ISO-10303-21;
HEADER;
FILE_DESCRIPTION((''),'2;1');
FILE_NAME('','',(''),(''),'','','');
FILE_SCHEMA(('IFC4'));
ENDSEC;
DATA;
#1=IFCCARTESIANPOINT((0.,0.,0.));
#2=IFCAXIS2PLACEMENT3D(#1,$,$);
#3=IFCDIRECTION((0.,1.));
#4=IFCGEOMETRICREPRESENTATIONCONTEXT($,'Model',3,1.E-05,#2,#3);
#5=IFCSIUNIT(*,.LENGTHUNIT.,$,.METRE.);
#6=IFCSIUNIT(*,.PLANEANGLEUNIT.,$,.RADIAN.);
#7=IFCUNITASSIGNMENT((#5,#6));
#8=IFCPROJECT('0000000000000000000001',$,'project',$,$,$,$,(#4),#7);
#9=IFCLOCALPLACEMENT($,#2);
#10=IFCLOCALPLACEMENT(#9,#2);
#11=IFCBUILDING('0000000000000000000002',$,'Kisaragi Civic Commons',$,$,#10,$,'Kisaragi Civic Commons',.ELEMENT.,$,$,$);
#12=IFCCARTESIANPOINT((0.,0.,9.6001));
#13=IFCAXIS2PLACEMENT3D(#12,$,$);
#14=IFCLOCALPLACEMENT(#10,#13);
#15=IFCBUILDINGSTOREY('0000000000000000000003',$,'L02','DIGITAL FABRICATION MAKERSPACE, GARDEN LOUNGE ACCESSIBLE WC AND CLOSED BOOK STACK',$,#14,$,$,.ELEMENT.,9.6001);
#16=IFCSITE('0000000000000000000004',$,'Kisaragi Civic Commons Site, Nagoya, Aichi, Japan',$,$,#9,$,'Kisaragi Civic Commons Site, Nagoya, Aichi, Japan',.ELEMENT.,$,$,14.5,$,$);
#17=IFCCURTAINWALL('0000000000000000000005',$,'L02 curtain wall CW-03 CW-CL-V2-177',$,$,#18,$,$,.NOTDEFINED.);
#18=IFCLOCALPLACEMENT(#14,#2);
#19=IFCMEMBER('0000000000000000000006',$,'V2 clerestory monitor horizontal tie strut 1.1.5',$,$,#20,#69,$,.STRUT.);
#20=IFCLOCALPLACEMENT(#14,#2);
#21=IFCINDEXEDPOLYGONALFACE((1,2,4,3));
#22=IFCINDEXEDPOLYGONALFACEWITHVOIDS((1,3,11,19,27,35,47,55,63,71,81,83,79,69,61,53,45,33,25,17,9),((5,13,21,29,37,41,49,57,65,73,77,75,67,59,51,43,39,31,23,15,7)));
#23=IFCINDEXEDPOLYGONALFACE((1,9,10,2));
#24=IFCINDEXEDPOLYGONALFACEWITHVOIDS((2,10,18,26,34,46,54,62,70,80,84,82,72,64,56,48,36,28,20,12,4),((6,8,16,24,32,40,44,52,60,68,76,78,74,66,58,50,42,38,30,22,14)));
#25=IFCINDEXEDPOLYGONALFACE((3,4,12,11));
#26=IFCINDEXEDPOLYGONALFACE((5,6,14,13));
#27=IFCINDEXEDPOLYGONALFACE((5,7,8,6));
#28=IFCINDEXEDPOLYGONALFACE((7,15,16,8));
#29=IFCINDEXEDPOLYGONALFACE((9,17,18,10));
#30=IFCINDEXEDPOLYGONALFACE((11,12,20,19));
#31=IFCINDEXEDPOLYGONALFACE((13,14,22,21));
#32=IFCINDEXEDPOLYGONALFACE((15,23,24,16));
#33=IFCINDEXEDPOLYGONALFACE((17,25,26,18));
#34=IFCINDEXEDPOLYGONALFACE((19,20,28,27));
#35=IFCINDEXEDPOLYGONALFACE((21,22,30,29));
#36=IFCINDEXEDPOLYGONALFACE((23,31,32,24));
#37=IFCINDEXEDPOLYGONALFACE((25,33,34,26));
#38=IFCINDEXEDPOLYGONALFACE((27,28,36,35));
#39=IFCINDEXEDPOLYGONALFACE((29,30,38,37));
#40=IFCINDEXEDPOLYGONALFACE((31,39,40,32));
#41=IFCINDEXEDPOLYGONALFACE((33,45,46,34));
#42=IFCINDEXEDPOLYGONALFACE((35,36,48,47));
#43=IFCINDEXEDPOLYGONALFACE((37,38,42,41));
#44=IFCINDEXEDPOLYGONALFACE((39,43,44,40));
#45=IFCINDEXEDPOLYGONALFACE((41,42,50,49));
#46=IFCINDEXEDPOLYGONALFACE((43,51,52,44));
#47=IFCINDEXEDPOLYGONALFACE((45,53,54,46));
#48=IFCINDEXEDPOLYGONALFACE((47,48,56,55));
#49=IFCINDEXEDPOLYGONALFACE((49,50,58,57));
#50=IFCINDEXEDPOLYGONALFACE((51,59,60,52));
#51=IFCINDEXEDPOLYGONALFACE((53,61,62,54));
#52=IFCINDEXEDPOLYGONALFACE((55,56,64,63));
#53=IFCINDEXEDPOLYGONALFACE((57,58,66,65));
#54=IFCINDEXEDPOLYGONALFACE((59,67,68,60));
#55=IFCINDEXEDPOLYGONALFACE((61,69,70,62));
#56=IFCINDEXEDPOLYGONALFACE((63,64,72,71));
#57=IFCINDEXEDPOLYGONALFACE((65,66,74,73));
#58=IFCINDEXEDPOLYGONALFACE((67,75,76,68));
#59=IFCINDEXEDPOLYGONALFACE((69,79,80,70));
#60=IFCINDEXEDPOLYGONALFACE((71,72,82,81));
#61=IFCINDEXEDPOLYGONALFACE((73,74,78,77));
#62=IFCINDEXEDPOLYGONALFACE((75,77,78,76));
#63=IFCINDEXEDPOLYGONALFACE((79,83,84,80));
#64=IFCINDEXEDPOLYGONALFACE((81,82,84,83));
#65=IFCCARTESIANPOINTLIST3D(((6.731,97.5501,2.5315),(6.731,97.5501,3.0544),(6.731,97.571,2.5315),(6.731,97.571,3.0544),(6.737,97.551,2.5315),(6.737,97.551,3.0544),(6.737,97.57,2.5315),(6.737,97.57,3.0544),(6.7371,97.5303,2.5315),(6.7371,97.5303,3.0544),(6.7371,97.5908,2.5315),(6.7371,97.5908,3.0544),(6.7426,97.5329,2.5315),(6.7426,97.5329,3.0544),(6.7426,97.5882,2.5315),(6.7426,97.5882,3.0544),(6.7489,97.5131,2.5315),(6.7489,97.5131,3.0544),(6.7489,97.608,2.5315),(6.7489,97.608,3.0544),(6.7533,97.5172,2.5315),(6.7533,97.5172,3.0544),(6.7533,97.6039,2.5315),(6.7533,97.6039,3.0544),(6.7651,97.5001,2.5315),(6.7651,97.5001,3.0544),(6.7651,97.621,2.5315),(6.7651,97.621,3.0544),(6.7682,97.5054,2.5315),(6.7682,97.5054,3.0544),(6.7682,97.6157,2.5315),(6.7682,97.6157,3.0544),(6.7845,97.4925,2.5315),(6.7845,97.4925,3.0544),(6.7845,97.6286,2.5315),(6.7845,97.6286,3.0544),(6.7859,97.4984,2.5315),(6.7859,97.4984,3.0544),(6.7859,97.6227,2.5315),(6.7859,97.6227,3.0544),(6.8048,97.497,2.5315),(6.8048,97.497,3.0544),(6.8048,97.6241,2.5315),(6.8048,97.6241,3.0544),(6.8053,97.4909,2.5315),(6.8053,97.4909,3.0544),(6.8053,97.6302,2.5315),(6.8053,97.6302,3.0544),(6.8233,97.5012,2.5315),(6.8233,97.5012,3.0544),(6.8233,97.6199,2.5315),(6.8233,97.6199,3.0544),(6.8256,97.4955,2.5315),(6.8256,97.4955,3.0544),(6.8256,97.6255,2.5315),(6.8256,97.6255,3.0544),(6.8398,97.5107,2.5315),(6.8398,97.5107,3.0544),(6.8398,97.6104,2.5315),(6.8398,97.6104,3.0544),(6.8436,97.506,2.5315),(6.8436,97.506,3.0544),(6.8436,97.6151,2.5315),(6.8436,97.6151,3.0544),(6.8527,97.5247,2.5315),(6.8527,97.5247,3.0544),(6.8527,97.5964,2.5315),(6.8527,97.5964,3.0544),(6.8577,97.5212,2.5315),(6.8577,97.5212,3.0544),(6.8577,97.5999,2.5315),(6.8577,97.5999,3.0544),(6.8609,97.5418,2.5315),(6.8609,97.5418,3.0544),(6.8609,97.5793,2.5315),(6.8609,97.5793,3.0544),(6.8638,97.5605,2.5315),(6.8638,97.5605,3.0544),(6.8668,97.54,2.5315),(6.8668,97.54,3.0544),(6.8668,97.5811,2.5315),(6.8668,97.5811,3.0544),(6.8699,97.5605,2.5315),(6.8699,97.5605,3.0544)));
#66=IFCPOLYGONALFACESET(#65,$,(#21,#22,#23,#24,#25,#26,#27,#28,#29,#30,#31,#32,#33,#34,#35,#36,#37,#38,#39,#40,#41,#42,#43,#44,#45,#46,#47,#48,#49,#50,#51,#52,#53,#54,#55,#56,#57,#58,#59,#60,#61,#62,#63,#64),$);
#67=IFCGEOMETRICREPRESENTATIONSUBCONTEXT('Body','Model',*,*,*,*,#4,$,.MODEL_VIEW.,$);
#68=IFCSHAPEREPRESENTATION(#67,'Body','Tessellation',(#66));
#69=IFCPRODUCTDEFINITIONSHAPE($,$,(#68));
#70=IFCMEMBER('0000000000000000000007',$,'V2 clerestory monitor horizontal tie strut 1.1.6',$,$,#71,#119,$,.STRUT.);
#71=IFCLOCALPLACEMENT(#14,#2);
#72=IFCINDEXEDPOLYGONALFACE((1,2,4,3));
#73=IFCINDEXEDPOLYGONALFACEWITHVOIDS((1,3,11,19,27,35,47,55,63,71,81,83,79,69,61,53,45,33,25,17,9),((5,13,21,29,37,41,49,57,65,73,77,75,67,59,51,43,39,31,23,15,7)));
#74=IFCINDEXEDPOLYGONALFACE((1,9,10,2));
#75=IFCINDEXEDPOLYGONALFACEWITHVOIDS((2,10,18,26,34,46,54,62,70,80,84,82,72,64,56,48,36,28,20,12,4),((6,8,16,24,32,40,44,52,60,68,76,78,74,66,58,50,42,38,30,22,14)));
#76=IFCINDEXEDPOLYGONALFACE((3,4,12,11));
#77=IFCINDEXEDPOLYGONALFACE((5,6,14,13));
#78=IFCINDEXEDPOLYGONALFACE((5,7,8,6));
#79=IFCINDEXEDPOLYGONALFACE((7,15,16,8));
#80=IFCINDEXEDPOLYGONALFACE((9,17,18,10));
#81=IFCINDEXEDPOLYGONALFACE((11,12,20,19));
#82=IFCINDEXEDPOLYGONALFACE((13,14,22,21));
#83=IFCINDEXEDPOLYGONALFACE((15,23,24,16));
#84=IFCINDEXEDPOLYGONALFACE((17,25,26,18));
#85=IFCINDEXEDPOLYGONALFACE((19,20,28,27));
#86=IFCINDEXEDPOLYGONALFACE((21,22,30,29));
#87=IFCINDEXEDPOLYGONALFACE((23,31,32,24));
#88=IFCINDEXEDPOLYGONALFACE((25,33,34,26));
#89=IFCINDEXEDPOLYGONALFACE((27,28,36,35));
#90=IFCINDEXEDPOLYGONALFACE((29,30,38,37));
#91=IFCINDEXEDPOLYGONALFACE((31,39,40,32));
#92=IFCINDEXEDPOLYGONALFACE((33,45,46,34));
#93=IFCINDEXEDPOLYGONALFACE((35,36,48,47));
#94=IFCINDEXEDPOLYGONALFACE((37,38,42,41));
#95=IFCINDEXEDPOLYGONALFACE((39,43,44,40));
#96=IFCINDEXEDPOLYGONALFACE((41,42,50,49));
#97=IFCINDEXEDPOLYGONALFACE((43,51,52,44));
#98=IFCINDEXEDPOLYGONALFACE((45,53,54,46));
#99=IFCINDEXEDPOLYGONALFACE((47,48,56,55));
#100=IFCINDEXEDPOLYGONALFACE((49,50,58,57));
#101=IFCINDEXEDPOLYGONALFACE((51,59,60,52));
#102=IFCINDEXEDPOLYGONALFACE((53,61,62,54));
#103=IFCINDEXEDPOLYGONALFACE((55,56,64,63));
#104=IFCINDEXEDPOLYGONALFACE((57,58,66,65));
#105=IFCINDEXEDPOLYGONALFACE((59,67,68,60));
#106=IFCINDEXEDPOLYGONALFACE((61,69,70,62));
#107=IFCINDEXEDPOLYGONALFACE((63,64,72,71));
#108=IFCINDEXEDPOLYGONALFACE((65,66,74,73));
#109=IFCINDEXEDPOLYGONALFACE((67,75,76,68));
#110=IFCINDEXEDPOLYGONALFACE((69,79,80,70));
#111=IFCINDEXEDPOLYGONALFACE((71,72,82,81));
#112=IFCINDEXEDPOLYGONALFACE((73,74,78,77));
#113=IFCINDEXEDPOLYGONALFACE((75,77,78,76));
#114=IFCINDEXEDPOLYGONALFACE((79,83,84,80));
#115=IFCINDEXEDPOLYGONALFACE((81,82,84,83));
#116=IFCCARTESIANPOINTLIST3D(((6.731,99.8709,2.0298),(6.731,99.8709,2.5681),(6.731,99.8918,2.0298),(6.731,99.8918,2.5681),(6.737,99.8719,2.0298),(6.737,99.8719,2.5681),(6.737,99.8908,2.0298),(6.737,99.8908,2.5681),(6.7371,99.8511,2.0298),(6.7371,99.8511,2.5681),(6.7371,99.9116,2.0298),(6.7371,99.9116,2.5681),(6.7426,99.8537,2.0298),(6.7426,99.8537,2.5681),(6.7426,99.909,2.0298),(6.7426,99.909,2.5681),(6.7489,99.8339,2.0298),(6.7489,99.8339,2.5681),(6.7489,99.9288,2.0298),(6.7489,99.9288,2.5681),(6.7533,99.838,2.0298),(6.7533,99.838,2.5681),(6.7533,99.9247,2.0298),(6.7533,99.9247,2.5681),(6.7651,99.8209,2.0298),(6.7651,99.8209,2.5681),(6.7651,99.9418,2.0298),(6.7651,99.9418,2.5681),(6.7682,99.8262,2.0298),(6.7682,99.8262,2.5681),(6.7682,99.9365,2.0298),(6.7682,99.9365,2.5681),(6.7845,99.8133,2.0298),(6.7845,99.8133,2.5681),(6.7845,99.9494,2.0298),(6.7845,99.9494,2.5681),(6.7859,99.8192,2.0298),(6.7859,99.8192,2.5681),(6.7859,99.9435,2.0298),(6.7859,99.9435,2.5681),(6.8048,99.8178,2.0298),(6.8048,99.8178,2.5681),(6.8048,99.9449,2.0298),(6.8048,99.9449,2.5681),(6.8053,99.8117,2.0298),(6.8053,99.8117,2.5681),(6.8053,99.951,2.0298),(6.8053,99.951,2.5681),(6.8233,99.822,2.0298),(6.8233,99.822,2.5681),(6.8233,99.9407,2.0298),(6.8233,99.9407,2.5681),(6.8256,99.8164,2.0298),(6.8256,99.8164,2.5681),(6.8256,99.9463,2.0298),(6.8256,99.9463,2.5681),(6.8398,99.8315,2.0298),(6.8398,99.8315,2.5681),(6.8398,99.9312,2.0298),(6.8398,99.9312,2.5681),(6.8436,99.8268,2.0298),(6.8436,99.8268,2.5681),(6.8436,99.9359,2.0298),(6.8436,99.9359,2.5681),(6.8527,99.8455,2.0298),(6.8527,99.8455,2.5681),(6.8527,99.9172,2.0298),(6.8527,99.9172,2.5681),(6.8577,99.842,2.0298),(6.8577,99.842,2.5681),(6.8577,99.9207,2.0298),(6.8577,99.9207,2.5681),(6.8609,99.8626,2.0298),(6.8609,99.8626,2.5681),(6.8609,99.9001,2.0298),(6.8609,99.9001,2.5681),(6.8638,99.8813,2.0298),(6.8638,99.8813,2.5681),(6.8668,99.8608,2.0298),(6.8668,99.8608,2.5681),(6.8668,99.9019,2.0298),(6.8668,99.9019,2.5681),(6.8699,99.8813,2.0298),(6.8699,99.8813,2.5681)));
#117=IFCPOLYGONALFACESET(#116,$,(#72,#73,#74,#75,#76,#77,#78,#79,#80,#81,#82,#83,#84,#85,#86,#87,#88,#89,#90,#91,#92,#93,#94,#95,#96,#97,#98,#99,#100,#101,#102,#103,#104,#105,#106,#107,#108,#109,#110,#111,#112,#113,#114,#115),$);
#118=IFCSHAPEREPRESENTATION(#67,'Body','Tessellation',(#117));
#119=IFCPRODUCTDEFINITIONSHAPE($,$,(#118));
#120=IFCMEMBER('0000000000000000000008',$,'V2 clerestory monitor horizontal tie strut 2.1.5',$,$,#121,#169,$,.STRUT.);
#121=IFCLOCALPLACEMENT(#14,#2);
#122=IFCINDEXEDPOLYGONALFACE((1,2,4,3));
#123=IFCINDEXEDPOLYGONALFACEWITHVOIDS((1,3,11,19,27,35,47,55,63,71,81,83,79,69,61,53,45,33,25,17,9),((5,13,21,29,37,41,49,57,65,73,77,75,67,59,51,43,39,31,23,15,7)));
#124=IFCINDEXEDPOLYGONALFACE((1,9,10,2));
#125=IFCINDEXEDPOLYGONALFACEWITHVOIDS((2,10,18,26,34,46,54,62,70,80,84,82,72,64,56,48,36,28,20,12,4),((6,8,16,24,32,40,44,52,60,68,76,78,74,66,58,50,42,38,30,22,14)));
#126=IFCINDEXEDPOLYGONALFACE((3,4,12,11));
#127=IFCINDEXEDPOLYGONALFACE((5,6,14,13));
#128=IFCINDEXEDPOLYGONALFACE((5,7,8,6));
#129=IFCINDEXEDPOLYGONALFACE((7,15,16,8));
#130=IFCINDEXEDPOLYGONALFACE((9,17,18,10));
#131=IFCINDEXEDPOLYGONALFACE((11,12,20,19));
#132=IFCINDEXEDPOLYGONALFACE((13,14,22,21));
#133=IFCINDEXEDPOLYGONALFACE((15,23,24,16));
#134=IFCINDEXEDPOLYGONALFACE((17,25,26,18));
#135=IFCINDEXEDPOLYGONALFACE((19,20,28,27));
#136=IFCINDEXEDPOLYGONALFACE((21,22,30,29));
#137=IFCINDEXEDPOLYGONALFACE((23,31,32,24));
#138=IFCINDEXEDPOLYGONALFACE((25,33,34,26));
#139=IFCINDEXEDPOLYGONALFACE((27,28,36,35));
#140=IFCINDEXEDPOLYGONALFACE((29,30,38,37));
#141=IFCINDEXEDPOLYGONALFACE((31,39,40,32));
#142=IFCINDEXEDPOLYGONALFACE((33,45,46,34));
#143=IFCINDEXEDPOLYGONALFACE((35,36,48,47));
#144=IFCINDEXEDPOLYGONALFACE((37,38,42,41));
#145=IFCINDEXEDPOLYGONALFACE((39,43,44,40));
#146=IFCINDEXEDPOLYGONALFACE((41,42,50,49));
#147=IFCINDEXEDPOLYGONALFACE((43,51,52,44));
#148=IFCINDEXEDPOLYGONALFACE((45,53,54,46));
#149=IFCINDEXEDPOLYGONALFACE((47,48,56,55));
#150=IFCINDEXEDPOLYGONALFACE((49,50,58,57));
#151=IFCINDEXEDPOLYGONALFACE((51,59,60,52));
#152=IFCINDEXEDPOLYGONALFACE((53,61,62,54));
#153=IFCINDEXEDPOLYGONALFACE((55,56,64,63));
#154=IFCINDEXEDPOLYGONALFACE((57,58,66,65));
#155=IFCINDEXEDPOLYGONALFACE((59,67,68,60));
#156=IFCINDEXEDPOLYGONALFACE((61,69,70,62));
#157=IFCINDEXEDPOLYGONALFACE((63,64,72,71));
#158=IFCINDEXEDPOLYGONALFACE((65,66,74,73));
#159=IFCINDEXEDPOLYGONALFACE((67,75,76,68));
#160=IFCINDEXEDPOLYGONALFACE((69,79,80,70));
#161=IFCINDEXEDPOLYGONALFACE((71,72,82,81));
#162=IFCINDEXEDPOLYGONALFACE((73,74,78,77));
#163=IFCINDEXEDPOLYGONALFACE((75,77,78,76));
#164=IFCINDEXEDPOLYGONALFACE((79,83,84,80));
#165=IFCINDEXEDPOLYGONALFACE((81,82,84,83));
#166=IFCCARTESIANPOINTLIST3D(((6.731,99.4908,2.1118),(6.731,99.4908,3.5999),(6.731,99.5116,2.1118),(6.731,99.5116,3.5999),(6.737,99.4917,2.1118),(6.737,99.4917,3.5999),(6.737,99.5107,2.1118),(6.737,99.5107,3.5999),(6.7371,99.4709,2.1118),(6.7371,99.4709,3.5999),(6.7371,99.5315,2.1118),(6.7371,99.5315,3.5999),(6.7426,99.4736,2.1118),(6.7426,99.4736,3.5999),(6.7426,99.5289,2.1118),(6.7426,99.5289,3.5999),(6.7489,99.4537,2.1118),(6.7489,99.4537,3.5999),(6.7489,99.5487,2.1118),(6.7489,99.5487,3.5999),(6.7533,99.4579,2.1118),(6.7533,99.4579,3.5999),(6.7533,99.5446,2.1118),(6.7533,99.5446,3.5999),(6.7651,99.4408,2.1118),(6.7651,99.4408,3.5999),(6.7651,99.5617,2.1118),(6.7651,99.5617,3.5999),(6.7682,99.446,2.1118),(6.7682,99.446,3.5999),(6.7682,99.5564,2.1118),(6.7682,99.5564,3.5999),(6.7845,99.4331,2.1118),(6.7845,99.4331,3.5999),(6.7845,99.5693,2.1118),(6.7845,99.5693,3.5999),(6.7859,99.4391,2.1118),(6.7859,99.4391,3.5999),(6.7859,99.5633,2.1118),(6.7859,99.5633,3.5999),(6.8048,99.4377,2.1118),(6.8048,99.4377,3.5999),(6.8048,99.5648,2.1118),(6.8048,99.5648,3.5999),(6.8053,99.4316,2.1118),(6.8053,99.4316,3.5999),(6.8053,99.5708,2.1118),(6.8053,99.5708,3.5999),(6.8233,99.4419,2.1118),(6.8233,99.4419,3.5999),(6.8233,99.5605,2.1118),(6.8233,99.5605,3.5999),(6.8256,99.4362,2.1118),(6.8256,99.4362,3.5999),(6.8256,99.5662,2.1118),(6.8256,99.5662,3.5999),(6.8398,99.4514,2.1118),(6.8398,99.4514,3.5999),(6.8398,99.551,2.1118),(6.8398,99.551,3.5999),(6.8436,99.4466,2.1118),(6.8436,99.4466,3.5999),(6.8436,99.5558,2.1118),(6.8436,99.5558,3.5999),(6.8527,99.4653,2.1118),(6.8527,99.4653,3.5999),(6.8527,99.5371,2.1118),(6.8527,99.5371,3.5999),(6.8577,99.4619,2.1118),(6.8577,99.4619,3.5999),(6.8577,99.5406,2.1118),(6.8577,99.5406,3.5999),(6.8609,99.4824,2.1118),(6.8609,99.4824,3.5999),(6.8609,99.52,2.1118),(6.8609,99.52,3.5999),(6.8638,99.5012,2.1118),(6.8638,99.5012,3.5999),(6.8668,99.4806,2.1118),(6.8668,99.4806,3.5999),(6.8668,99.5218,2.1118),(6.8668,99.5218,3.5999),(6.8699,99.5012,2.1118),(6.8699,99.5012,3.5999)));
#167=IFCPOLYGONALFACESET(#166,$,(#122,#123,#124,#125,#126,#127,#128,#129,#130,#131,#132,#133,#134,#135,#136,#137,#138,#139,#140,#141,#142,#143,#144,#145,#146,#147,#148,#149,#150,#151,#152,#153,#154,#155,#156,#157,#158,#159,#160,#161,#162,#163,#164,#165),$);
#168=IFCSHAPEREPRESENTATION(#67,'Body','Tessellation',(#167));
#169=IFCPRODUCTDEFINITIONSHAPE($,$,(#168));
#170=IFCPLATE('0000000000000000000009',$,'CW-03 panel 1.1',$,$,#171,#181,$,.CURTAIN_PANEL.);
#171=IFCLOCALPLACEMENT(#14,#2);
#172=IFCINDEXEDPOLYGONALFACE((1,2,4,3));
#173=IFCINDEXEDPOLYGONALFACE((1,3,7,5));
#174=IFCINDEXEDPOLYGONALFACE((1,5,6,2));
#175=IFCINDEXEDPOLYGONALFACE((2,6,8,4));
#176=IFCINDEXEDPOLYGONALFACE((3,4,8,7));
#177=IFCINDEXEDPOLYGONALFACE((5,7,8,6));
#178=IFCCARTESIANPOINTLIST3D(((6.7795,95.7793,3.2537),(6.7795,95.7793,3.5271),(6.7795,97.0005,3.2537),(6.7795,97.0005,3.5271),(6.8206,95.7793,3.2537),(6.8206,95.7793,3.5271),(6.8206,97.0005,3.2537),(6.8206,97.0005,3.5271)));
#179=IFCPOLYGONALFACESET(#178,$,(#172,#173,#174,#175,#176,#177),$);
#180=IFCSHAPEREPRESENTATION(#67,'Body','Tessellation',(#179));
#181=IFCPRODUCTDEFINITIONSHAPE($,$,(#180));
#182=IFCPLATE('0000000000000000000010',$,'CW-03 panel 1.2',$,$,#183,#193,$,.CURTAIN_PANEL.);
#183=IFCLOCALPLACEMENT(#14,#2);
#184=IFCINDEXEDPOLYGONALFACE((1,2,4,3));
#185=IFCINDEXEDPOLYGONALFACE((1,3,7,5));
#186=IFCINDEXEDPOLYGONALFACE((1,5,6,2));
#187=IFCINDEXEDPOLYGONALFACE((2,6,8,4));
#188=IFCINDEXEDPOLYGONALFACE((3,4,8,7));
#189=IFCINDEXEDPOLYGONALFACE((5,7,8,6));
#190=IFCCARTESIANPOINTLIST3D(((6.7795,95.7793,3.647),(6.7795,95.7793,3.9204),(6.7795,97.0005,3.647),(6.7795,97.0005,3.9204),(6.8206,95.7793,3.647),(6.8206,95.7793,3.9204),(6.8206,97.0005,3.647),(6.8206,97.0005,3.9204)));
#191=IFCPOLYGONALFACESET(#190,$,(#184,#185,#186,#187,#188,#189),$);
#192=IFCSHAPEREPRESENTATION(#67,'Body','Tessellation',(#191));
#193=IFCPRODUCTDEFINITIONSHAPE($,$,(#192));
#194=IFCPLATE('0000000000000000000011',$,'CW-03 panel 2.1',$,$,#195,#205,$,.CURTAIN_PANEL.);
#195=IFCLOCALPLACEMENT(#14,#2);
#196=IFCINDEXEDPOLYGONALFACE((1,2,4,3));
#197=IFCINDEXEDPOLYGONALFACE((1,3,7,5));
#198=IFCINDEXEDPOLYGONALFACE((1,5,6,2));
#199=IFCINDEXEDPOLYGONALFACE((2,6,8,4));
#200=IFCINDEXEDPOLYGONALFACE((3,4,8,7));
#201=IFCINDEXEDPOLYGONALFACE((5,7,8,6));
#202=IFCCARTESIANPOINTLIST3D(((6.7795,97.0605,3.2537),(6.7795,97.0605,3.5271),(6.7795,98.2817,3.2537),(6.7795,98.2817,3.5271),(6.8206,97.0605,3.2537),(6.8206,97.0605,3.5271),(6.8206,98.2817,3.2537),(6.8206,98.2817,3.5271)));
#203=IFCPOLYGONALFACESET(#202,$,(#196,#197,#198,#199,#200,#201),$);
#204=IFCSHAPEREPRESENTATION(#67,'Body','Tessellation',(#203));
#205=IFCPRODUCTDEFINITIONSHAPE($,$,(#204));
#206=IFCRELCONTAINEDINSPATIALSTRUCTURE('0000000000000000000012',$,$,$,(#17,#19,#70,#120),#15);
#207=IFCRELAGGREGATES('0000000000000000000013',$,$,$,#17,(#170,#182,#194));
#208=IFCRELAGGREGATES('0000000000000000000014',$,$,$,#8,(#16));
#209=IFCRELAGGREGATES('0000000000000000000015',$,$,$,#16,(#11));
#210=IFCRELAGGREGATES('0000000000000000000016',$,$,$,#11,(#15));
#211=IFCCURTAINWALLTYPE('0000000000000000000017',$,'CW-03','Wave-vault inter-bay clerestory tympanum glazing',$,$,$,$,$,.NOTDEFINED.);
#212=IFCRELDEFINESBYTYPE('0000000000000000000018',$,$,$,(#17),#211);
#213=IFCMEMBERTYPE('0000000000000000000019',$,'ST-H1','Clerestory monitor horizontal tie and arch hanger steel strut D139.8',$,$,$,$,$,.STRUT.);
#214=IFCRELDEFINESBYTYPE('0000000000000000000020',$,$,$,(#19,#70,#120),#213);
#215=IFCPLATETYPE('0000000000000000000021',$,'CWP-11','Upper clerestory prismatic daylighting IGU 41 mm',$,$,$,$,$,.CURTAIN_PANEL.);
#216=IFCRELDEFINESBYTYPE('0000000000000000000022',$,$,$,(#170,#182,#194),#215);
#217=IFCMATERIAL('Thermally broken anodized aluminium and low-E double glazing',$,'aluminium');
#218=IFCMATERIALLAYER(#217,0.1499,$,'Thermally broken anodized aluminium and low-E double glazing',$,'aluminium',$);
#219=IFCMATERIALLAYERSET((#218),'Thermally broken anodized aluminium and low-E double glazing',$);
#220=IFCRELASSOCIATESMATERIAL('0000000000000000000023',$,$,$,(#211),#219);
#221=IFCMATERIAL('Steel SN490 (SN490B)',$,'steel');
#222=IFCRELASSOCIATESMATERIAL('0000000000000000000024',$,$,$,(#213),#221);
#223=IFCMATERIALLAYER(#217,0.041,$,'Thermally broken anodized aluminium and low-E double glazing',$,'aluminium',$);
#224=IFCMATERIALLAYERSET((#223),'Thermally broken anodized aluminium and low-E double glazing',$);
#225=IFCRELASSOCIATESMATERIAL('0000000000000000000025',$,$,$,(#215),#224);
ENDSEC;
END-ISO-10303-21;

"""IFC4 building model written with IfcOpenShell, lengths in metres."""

from ifc_helpers import new_model, si_unit, direction, frame, origin, origin_2d, place, context, subcontext, project, spatial, rectangle, hollow_circle, extrude, material, layer, layer_set, material_profile, profile_set, type_object, element, aggregate, save


model = new_model("IFC4")

# Units and contexts
model_context = context("Model", 3, precision=1e-05, world=origin(), true_north=direction((0.0, 1.0)))
body_context = subcontext(model_context, "Body", "Model", "MODEL_VIEW")
ifc_project = project(units=[si_unit("LENGTHUNIT", "METRE"), si_unit("PLANEANGLEUNIT", "RADIAN")], contexts=[model_context])

# Site, building, storey
site_placement = place(None, origin())
site = spatial("IfcSite", under=ifc_project, at=site_placement, Name="Kisaragi Civic Commons Site, Nagoya, Aichi, Japan", LongName="Kisaragi Civic Commons Site, Nagoya, Aichi, Japan", CompositionType="ELEMENT", RefElevation=14.5)
building_placement = place(site_placement, origin())
building = spatial("IfcBuilding", under=site, at=building_placement, Name="Kisaragi Civic Commons", LongName="Kisaragi Civic Commons", CompositionType="ELEMENT")
storey_placement = place(building_placement, frame((0.0, 0.0, 9.6001)))
storey = spatial("IfcBuildingStorey", under=building, at=storey_placement, Name="L02", Description="DIGITAL FABRICATION MAKERSPACE, GARDEN LOUNGE ACCESSIBLE WC AND CLOSED BOOK STACK", CompositionType="ELEMENT", Elevation=9.6001)

# Curtain wall
ifc_material_1 = material(Name="Thermally broken anodized aluminium and low-E double glazing", Category="aluminium")
ifc_layer_1 = layer(ifc_material_1, 0.1499, Name="Thermally broken anodized aluminium and low-E double glazing", Category="aluminium")
ifc_layer_set_1 = layer_set([ifc_layer_1], Name="Thermally broken anodized aluminium and low-E double glazing")
curtain_wall_type = type_object("IfcCurtainWallType", Name="CW-03", Description="Wave-vault inter-bay clerestory tympanum glazing", PredefinedType="NOTDEFINED", material=ifc_layer_set_1)
curtain_wall_placement = place(storey_placement, origin())
curtain_wall = element("IfcCurtainWall", 1, at=curtain_wall_placement, inside=storey, type_object=curtain_wall_type, Name="L02 curtain wall CW-03 CW-CL-V2-177", PredefinedType="NOTDEFINED")

# Members
ifc_material_2 = material(Name="Steel SN490 (SN490B)", Category="steel")
ifc_material_profile_1 = material_profile(ifc_material_2, hollow_circle(Radius=0.0698, WallThickness=0.0061, at=origin_2d()), Name="CHS-139.8x6.0", Category="steel")
ifc_profile_set_1 = profile_set([ifc_material_profile_1], Name="Steel SN490 (SN490B)")
member_type_1 = type_object("IfcMemberType", Name="ST-H1", Description="Clerestory monitor horizontal tie and arch hanger steel strut D139.8", PredefinedType="STRUT", material=ifc_profile_set_1)
member_1_placement = place(storey_placement, frame((6.8, 97.5605, 2.5315), z_axis=(0.0, 0.0, 1.0), x_axis=(1.0, 0.0, 0.0)))
element("IfcMember", 2, at=member_1_placement, inside=storey, type_object=member_type_1, Name="V2 clerestory monitor horizontal tie strut 1.1.5", PredefinedType="STRUT", context=body_context, shape_type="SweptSolid", body=[
    extrude(hollow_circle(Radius=0.0698, WallThickness=0.0061, at=origin_2d()), origin(), (0.0, 0.0, 1.0), 0.5229),
])
member_2_placement = place(storey_placement, frame((6.8, 99.8813, 2.0298), z_axis=(0.0, 0.0, 1.0), x_axis=(1.0, 0.0, 0.0)))
element("IfcMember", 3, at=member_2_placement, inside=storey, type_object=member_type_1, Name="V2 clerestory monitor horizontal tie strut 1.1.6", PredefinedType="STRUT", context=body_context, shape_type="SweptSolid", body=[
    extrude(hollow_circle(Radius=0.0698, WallThickness=0.0061, at=origin_2d()), origin(), (0.0, 0.0, 1.0), 0.5383),
])
member_3_placement = place(storey_placement, frame((6.8, 99.5012, 2.1118), z_axis=(0.0, 0.0, 1.0), x_axis=(1.0, 0.0, 0.0)))
element("IfcMember", 4, at=member_3_placement, inside=storey, type_object=member_type_1, Name="V2 clerestory monitor horizontal tie strut 2.1.5", PredefinedType="STRUT", context=body_context, shape_type="SweptSolid", body=[
    extrude(hollow_circle(Radius=0.0698, WallThickness=0.0061, at=origin_2d()), origin(), (0.0, 0.0, 1.0), 1.488),
])

# Plates
ifc_layer_2 = layer(ifc_material_1, 0.041, Name="Thermally broken anodized aluminium and low-E double glazing", Category="aluminium")
ifc_layer_set_2 = layer_set([ifc_layer_2], Name="Thermally broken anodized aluminium and low-E double glazing")
plate_type_1 = type_object("IfcPlateType", Name="CWP-11", Description="Upper clerestory prismatic daylighting IGU 41 mm", PredefinedType="CURTAIN_PANEL", material=ifc_layer_set_2)
plate_1_placement = place(storey_placement, frame((6.8, 96.3899, 3.2537), z_axis=(0.0, 0.0, 1.0), x_axis=(0.0, 1.0, 0.0)))
plate_1 = element("IfcPlate", 5, at=plate_1_placement, type_object=plate_type_1, Name="CW-03 panel 1.1", PredefinedType="CURTAIN_PANEL", context=body_context, shape_type="SweptSolid", body=[
    extrude(rectangle(XDim=1.2212, YDim=0.041, at=origin_2d()), origin(), (0.0, 0.0, 1.0), 0.2734),
])
plate_2_placement = place(storey_placement, frame((6.8, 96.3899, 3.647), z_axis=(0.0, 0.0, 1.0), x_axis=(0.0, 1.0, 0.0)))
plate_2 = element("IfcPlate", 6, at=plate_2_placement, type_object=plate_type_1, Name="CW-03 panel 1.2", PredefinedType="CURTAIN_PANEL", context=body_context, shape_type="SweptSolid", body=[
    extrude(rectangle(XDim=1.2212, YDim=0.041, at=origin_2d()), origin(), (0.0, 0.0, 1.0), 0.2734),
])
plate_3_placement = place(storey_placement, frame((6.8, 97.6711, 3.2537), z_axis=(0.0, 0.0, 1.0), x_axis=(0.0, 1.0, 0.0)))
plate_3 = element("IfcPlate", 7, at=plate_3_placement, type_object=plate_type_1, Name="CW-03 panel 2.1", PredefinedType="CURTAIN_PANEL", context=body_context, shape_type="SweptSolid", body=[
    extrude(rectangle(XDim=1.2212, YDim=0.041, at=origin_2d()), origin(), (0.0, 0.0, 1.0), 0.2734),
])
aggregate(curtain_wall, [plate_1, plate_2, plate_3])

save(model, "model.ifc")
